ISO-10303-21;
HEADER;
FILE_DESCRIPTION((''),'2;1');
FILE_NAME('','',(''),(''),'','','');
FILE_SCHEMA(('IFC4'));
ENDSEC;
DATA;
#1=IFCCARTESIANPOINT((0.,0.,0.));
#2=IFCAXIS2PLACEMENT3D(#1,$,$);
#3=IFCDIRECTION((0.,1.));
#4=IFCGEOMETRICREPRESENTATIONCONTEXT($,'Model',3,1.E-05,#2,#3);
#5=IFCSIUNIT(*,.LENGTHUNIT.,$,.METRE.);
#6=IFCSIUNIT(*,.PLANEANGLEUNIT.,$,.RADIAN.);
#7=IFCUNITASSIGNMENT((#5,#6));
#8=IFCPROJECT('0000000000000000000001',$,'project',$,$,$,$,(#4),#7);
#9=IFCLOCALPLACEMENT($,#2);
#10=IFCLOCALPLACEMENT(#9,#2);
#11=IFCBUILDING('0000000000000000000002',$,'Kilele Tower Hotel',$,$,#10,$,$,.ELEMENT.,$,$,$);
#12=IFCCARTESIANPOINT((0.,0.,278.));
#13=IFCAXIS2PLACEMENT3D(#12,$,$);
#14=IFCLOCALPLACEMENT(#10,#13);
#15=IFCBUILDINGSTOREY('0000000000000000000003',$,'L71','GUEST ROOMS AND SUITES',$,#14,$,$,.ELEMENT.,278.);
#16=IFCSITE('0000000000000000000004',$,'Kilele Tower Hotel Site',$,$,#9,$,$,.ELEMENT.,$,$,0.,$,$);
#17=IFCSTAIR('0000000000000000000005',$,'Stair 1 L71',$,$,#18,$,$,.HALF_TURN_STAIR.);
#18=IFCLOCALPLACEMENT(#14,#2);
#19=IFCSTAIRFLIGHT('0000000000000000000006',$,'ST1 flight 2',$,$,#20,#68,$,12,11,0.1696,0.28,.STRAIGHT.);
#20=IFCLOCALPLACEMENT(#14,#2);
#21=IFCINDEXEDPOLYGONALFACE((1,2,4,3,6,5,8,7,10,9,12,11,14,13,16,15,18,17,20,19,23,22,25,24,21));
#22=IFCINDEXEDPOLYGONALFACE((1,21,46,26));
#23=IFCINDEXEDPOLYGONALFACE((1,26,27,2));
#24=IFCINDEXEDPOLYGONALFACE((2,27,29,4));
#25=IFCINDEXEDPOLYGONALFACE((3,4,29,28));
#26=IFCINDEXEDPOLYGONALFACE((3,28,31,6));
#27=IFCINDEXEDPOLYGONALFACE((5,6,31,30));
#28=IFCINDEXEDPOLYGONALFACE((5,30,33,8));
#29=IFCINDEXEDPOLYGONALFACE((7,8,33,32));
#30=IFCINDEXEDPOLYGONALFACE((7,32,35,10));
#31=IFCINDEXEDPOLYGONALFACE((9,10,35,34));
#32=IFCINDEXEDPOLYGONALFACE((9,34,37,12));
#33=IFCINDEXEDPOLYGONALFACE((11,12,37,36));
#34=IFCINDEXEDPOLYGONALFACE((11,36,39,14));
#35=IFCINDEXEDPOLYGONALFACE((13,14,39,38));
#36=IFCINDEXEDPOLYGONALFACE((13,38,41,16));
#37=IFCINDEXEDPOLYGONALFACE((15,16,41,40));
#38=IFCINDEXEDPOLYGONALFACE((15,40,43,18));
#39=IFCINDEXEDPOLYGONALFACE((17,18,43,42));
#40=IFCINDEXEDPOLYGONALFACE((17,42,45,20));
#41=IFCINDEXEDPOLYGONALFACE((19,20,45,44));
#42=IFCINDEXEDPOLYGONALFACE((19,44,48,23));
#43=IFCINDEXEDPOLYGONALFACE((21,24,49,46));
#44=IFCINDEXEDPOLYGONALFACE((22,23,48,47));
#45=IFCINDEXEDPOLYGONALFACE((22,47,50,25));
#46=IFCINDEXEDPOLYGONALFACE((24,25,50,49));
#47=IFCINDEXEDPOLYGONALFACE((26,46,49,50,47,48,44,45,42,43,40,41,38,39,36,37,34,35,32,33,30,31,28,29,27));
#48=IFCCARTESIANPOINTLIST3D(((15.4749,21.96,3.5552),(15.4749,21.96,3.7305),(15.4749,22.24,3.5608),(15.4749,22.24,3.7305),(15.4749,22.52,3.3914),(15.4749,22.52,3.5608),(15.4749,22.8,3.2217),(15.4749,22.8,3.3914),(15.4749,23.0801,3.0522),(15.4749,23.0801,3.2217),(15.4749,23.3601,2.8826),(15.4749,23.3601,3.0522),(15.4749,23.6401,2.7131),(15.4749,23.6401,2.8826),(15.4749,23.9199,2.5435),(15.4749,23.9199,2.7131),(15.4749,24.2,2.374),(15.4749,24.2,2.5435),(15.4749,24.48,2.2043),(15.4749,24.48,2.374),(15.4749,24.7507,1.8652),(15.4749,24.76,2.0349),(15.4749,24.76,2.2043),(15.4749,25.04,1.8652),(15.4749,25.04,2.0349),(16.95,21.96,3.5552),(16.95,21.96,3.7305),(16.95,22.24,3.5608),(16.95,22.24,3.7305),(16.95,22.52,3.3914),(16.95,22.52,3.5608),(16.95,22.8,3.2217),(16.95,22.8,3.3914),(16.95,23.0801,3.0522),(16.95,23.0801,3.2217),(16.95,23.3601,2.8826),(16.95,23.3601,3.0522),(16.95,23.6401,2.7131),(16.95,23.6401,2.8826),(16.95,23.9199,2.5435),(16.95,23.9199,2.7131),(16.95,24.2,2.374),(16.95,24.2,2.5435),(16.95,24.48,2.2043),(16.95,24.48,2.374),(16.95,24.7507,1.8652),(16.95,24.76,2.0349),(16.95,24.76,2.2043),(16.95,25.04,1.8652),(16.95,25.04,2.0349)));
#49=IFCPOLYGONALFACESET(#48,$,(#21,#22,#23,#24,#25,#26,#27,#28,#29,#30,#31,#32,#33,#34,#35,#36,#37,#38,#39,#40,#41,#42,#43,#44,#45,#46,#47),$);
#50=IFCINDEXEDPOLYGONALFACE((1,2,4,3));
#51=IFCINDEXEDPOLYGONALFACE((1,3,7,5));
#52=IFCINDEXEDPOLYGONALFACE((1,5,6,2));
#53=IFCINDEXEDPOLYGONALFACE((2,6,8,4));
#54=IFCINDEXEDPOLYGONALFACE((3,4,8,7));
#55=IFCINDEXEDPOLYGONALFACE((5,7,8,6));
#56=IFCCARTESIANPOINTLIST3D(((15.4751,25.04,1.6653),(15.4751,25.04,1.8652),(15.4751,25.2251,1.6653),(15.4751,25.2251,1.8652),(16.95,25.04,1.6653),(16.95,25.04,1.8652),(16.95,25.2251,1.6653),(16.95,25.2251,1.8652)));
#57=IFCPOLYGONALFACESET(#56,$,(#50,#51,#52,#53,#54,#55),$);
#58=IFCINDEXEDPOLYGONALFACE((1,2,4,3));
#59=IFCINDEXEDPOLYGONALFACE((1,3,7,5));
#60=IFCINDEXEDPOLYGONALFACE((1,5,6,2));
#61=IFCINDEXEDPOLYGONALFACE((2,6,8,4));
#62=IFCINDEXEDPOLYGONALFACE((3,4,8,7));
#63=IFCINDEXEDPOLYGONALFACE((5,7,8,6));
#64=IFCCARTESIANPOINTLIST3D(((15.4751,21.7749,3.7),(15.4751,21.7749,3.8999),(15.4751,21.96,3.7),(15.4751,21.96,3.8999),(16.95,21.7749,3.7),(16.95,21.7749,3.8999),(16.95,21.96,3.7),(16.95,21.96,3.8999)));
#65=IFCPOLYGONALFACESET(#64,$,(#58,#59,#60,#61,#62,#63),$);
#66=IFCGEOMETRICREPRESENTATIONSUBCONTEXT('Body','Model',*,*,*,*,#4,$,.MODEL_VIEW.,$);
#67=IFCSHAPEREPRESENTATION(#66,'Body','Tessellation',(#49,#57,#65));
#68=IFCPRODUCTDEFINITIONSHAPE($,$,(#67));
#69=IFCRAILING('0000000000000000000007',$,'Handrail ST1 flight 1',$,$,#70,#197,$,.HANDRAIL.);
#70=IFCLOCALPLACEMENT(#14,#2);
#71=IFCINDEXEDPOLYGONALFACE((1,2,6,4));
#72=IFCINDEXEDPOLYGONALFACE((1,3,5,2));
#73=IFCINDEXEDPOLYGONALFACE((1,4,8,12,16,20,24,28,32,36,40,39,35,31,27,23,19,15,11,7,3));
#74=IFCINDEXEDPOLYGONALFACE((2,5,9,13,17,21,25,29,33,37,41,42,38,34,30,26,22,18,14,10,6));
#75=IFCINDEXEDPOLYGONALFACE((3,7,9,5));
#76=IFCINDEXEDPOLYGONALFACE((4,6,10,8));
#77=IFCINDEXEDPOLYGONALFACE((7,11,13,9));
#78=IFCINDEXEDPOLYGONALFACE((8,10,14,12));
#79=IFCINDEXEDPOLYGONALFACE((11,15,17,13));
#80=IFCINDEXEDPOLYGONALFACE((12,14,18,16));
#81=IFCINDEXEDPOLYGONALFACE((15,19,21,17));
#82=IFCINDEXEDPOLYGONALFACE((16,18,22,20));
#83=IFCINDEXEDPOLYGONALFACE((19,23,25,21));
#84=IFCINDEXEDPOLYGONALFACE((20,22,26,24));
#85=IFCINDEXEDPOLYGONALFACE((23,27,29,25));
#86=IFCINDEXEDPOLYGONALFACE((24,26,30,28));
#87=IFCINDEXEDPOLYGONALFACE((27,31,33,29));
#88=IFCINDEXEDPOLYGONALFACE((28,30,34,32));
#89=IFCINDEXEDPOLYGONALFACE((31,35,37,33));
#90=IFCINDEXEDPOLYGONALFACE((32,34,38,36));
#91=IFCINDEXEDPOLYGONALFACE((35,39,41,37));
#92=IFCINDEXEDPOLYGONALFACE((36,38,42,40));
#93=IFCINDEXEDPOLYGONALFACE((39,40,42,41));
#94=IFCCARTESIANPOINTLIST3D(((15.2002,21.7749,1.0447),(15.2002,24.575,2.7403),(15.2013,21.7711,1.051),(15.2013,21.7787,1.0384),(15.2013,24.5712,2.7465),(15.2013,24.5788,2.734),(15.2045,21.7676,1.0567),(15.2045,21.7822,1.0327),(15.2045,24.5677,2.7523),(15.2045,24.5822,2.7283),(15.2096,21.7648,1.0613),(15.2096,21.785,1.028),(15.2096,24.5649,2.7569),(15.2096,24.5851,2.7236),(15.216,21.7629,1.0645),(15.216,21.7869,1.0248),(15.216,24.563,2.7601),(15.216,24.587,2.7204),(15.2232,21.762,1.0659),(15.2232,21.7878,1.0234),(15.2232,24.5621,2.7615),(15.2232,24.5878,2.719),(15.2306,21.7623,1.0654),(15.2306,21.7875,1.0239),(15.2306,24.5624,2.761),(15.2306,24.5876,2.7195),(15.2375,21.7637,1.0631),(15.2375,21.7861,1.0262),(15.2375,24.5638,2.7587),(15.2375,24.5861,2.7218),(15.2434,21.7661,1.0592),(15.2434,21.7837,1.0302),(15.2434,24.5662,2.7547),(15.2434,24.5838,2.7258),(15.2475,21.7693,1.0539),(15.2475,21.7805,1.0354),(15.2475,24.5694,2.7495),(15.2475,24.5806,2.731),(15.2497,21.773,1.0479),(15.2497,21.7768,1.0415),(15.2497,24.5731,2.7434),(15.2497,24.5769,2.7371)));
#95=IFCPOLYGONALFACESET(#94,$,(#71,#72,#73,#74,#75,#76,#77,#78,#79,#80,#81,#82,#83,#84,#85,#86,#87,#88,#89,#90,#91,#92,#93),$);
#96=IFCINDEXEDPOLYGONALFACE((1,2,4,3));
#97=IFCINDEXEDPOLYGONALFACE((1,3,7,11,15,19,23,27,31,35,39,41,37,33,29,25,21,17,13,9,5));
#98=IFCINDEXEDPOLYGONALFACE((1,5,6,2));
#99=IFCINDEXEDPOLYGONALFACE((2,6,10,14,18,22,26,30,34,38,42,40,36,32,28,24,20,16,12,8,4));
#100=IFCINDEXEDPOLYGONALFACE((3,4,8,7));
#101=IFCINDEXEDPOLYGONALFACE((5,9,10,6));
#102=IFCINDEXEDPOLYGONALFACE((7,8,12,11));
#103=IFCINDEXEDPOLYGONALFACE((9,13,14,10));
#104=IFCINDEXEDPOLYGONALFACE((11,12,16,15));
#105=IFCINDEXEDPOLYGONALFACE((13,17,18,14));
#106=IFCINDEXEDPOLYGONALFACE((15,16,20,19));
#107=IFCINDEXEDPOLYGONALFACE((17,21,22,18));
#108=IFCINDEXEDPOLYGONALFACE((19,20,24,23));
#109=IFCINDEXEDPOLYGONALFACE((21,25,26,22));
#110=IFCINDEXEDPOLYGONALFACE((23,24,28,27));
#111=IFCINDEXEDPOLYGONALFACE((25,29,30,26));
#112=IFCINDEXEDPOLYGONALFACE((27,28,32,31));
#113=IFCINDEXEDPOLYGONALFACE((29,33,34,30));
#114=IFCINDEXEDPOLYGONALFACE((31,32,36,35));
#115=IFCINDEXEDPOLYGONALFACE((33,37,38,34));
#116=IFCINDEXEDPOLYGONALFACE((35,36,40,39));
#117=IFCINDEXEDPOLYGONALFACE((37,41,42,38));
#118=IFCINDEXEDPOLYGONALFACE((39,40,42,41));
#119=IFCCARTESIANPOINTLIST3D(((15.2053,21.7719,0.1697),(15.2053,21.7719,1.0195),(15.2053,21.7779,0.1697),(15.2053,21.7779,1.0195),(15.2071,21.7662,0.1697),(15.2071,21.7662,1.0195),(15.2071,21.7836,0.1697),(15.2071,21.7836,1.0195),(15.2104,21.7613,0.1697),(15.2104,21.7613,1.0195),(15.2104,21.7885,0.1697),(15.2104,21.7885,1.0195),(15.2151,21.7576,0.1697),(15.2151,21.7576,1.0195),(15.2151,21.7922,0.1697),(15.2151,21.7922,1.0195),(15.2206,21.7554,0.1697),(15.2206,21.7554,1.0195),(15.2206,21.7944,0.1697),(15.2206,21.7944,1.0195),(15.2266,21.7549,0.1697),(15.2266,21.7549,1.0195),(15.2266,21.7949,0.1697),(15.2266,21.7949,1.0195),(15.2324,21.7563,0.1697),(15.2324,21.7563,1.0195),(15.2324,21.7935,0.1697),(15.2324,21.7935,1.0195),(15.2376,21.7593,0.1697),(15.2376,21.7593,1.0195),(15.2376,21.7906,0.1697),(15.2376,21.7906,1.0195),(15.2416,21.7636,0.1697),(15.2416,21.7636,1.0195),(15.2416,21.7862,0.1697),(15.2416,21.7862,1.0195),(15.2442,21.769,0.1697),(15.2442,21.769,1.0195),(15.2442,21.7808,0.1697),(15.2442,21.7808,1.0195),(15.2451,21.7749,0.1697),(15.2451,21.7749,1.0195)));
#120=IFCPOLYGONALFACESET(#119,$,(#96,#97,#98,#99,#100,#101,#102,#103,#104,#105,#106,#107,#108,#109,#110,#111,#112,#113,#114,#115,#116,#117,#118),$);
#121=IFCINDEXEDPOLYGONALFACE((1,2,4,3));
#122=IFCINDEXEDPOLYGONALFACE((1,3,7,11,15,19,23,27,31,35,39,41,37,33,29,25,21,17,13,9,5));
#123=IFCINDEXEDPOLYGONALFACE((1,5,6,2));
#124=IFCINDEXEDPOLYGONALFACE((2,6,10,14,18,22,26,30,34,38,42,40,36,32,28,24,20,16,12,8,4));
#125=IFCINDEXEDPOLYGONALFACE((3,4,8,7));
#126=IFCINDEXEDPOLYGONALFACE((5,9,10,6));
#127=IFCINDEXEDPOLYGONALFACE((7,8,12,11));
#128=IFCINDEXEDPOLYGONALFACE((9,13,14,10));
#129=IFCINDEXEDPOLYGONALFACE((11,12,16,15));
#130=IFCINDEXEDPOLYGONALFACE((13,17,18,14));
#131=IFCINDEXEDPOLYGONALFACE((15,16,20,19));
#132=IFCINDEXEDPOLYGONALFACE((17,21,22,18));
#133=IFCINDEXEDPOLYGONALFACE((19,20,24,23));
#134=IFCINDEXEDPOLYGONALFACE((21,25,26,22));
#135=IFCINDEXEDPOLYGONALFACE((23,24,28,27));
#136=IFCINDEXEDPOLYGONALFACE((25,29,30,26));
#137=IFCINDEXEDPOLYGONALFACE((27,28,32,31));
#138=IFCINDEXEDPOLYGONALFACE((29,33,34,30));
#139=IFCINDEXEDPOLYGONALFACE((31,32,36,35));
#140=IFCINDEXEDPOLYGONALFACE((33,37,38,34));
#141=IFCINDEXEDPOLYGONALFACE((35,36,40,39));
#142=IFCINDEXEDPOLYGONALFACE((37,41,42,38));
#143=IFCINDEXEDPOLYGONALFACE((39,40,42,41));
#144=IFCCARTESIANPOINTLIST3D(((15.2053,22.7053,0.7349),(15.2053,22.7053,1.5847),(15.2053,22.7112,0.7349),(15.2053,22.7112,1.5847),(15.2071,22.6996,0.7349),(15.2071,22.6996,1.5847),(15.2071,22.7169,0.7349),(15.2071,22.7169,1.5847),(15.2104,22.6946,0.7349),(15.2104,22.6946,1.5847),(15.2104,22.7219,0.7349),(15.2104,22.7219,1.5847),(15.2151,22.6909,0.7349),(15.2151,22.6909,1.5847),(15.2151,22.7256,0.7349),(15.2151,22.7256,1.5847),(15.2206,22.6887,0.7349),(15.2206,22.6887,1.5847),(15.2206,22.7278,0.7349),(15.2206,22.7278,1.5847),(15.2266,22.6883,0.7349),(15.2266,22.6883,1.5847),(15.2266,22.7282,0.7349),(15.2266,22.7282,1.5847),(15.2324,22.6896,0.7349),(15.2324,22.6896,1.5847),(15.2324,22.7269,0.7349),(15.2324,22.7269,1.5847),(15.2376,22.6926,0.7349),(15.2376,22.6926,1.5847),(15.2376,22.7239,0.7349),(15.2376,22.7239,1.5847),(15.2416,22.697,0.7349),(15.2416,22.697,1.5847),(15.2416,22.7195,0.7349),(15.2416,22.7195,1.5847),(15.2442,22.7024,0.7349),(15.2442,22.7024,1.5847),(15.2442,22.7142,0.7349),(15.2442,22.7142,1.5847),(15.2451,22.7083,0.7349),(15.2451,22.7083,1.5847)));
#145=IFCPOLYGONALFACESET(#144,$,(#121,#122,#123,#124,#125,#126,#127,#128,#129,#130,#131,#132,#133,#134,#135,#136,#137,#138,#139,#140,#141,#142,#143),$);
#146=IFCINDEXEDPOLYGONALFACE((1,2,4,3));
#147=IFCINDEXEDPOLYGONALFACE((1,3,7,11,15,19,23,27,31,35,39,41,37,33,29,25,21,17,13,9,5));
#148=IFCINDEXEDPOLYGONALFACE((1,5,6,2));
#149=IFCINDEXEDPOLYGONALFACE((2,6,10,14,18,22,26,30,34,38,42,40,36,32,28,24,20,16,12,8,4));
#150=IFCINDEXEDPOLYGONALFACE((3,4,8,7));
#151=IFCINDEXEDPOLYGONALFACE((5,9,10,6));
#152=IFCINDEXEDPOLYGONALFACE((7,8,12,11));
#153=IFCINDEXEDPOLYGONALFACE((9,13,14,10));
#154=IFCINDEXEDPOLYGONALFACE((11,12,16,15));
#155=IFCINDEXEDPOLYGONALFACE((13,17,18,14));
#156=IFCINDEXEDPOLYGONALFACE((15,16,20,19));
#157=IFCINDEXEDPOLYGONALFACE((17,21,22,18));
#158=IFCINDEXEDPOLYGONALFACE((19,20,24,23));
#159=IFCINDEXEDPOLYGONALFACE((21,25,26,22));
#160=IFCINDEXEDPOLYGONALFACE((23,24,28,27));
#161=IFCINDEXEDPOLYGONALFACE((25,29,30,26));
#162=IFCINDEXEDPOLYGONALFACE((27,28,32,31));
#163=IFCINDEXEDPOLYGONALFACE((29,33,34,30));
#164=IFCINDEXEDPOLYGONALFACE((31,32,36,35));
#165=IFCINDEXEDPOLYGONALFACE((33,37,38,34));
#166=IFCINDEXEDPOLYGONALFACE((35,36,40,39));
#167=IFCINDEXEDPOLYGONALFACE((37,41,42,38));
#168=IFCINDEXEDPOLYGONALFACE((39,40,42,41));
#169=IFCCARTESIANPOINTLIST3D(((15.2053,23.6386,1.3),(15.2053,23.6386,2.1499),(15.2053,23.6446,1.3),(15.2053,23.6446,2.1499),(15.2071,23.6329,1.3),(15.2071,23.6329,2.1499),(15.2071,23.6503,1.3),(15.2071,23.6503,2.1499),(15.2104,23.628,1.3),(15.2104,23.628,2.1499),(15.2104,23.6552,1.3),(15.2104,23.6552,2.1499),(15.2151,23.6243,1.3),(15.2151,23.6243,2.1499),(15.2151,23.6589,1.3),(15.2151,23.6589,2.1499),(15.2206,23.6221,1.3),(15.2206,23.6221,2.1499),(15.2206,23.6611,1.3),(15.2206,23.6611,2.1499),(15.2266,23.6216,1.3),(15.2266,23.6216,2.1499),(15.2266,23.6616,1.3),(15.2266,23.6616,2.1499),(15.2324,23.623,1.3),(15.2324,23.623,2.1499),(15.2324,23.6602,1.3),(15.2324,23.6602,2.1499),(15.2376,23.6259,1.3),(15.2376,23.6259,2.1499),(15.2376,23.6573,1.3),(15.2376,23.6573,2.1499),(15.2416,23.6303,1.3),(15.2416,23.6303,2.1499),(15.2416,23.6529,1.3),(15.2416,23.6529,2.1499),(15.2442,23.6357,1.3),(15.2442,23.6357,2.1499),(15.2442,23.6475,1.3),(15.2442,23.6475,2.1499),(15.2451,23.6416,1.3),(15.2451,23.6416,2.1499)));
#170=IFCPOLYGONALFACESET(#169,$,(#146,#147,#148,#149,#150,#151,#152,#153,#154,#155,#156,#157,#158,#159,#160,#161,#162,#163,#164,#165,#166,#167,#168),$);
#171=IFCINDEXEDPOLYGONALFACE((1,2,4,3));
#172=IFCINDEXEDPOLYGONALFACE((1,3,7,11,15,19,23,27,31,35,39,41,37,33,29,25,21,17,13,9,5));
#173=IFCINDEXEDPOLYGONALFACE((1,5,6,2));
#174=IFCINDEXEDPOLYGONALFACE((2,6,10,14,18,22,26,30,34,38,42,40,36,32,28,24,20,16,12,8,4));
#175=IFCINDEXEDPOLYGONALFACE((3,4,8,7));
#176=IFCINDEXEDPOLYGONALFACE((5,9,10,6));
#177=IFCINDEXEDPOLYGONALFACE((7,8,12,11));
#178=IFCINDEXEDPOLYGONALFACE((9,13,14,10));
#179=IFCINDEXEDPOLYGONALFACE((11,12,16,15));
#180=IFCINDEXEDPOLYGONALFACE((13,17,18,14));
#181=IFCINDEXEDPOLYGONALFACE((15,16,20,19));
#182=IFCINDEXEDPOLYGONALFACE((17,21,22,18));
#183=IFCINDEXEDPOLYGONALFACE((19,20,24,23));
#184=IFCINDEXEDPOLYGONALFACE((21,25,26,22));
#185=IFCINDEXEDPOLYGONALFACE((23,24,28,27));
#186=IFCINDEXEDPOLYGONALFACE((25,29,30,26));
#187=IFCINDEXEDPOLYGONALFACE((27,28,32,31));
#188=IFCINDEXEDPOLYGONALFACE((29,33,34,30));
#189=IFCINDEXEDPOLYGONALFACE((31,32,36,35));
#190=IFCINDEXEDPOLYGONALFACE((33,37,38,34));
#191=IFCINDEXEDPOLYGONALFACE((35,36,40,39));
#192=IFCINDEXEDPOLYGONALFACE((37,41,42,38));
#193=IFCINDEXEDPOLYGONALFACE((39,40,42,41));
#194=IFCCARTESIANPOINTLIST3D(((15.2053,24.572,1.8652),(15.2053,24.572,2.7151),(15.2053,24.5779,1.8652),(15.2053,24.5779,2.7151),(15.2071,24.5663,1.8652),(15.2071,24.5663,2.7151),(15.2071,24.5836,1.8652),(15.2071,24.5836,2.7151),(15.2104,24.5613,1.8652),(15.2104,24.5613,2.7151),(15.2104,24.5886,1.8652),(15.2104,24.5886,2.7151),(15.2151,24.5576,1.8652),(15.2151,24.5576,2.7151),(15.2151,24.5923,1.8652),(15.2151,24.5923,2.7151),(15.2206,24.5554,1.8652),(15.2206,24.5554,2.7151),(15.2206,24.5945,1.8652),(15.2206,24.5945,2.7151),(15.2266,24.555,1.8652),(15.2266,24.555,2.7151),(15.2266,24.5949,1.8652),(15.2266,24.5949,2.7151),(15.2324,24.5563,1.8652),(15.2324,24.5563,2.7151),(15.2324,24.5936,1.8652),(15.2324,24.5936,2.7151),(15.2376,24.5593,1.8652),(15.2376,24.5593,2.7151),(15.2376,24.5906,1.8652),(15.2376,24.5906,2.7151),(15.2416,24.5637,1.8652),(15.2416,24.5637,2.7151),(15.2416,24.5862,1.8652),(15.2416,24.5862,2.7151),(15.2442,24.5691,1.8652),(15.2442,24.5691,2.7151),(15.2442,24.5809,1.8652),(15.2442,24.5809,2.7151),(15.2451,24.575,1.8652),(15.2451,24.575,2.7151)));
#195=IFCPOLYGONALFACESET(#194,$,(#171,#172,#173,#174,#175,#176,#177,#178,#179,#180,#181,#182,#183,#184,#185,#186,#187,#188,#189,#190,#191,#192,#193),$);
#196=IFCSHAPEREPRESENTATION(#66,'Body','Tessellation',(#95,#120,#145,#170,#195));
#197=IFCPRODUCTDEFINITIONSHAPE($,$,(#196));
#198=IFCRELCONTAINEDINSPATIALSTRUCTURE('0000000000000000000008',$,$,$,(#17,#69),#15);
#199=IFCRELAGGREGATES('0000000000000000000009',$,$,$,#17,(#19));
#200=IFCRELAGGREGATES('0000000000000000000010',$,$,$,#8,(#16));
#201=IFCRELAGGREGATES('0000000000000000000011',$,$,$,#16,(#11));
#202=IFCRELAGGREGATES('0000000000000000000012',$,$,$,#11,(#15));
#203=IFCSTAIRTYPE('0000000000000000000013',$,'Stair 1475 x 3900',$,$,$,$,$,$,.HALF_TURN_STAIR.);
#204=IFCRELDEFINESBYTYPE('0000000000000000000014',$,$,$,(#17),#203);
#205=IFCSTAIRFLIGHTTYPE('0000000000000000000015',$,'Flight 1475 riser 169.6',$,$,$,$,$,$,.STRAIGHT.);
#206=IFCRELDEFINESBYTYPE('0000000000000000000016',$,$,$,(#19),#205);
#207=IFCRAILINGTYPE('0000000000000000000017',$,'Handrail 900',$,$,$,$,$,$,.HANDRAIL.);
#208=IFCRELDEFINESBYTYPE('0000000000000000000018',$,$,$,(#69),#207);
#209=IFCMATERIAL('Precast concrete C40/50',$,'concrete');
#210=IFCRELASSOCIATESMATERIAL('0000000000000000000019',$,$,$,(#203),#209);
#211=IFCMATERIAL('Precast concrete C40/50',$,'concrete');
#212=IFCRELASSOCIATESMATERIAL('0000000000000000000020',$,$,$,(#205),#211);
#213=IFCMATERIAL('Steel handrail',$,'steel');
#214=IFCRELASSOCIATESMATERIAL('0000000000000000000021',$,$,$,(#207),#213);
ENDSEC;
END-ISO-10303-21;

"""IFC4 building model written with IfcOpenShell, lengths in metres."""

from ifc_helpers import new_model, si_unit, direction, frame, origin, origin_2d, place, context, subcontext, project, spatial, polyline, circle, outline, extrude, material, type_object, element, aggregate, save


model = new_model("IFC4")

# Units and contexts
model_context = context("Model", 3, precision=1e-05, world=origin(), true_north=direction((0.0, 1.0)))
body_context = subcontext(model_context, "Body", "Model", "MODEL_VIEW")
ifc_project = project(units=[si_unit("LENGTHUNIT", "METRE"), si_unit("PLANEANGLEUNIT", "RADIAN")], contexts=[model_context])

# Site, building, storey
site_placement = place(None, origin())
site = spatial("IfcSite", under=ifc_project, at=site_placement, Name="Kilele Tower Hotel Site", CompositionType="ELEMENT", RefElevation=0.0)
building_placement = place(site_placement, origin())
building = spatial("IfcBuilding", under=site, at=building_placement, Name="Kilele Tower Hotel", CompositionType="ELEMENT")
storey_placement = place(building_placement, frame((0.0, 0.0, 278.0)))
storey = spatial("IfcBuildingStorey", under=building, at=storey_placement, Name="L71", Description="GUEST ROOMS AND SUITES", CompositionType="ELEMENT", Elevation=278.0)

# Stair, stair flight
ifc_material_1 = material(Name="Precast concrete C40/50", Category="concrete")
stair_type = type_object("IfcStairType", Name="Stair 1475 x 3900", PredefinedType="HALF_TURN_STAIR", material=ifc_material_1)
stair_placement = place(storey_placement, origin())
stair = element("IfcStair", 1, at=stair_placement, inside=storey, type_object=stair_type, Name="Stair 1 L71", PredefinedType="HALF_TURN_STAIR")
ifc_material_2 = material(Name="Precast concrete C40/50", Category="concrete")
stair_flight_type = type_object("IfcStairFlightType", Name="Flight 1475 riser 169.6", PredefinedType="STRAIGHT", material=ifc_material_2)
stair_flight_1_placement = place(storey_placement, frame((16.2124, 25.04, 1.8652), z_axis=(0.0, 0.0, 1.0), x_axis=(0.0, -1.0, 0.0)))
stair_flight_1 = element("IfcStairFlight", 2, at=stair_flight_1_placement, type_object=stair_flight_type, Name="ST1 flight 2", NumberOfRisers=12, NumberOfTreads=11, PredefinedType="STRAIGHT", RiserHeight=0.1696, TreadLength=0.28, context=body_context, shape_type="SweptSolid", body=[
    extrude(outline(polyline([(0.0, 0.0), (0.0, 0.1697), (0.28, 0.1697), (0.28, 0.3391), (0.5601, 0.3391), (0.5601, 0.5088), (0.8401, 0.5088), (0.8401, 0.6782), (1.1201, 0.6782), (1.1201, 0.8479), (1.3999, 0.8479), (1.3999, 1.0173), (1.6799, 1.0173), (1.6799, 1.187), (1.96, 1.187), (1.96, 1.3564), (2.24, 1.3564), (2.24, 1.5261), (2.52, 1.5261), (2.52, 1.6956), (2.8, 1.6956), (2.8, 1.8652), (3.0801, 1.8652), (3.0801, 2.0347), (3.0801, 1.6899), (0.2893, 0.0), (0.0, 0.0)])), frame((0.0, 0.7375, 0.0), z_axis=(0.0, -1.0, 0.0), x_axis=(1.0, 0.0, 0.0)), (0.0, 0.0, 1.0), 1.4751),
    extrude(outline(polyline([(0.0, -0.7373), (0.0, 0.7375), (-0.1851, 0.7375), (-0.1851, -0.7373), (0.0, -0.7373)])), frame((0.0, 0.0, -0.2)), (0.0, 0.0, 1.0), 0.2),
    extrude(outline(polyline([(3.2651, -0.7373), (3.2651, 0.7375), (3.0801, 0.7375), (3.0801, -0.7373), (3.2651, -0.7373)])), frame((0.0, 0.0, 1.8347)), (0.0, 0.0, 1.0), 0.2),
])
aggregate(stair, [stair_flight_1])

# Railing
ifc_material_3 = material(Name="Steel handrail", Category="steel")
railing_type_1 = type_object("IfcRailingType", Name="Handrail 900", PredefinedType="HANDRAIL", material=ifc_material_3)
railing_1_placement = place(storey_placement, frame((15.2251, 21.7749, 0.1697)))
element("IfcRailing", 3, at=railing_1_placement, inside=storey, type_object=railing_type_1, Name="Handrail ST1 flight 1", PredefinedType="HANDRAIL", context=body_context, shape_type="SweptSolid", body=[
    extrude(circle(Radius=0.0249, at=origin_2d()), frame((0.0, 0.0, 0.875), z_axis=(0.0, 0.855393, 0.517979), x_axis=(-1.0, 0.0, 0.0)), (0.0, 0.0, 1.0), 3.2734),
    extrude(circle(Radius=0.02, at=origin_2d()), origin(), (0.0, 0.0, 1.0), 0.8499),
    extrude(circle(Radius=0.02, at=origin_2d()), frame((0.0, 0.9333, 0.5652)), (0.0, 0.0, 1.0), 0.8499),
    extrude(circle(Radius=0.02, at=origin_2d()), frame((0.0, 1.8667, 1.1304)), (0.0, 0.0, 1.0), 0.8499),
    extrude(circle(Radius=0.02, at=origin_2d()), frame((0.0, 2.8, 1.6956)), (0.0, 0.0, 1.0), 0.8499),
])

save(model, "model.ifc")
